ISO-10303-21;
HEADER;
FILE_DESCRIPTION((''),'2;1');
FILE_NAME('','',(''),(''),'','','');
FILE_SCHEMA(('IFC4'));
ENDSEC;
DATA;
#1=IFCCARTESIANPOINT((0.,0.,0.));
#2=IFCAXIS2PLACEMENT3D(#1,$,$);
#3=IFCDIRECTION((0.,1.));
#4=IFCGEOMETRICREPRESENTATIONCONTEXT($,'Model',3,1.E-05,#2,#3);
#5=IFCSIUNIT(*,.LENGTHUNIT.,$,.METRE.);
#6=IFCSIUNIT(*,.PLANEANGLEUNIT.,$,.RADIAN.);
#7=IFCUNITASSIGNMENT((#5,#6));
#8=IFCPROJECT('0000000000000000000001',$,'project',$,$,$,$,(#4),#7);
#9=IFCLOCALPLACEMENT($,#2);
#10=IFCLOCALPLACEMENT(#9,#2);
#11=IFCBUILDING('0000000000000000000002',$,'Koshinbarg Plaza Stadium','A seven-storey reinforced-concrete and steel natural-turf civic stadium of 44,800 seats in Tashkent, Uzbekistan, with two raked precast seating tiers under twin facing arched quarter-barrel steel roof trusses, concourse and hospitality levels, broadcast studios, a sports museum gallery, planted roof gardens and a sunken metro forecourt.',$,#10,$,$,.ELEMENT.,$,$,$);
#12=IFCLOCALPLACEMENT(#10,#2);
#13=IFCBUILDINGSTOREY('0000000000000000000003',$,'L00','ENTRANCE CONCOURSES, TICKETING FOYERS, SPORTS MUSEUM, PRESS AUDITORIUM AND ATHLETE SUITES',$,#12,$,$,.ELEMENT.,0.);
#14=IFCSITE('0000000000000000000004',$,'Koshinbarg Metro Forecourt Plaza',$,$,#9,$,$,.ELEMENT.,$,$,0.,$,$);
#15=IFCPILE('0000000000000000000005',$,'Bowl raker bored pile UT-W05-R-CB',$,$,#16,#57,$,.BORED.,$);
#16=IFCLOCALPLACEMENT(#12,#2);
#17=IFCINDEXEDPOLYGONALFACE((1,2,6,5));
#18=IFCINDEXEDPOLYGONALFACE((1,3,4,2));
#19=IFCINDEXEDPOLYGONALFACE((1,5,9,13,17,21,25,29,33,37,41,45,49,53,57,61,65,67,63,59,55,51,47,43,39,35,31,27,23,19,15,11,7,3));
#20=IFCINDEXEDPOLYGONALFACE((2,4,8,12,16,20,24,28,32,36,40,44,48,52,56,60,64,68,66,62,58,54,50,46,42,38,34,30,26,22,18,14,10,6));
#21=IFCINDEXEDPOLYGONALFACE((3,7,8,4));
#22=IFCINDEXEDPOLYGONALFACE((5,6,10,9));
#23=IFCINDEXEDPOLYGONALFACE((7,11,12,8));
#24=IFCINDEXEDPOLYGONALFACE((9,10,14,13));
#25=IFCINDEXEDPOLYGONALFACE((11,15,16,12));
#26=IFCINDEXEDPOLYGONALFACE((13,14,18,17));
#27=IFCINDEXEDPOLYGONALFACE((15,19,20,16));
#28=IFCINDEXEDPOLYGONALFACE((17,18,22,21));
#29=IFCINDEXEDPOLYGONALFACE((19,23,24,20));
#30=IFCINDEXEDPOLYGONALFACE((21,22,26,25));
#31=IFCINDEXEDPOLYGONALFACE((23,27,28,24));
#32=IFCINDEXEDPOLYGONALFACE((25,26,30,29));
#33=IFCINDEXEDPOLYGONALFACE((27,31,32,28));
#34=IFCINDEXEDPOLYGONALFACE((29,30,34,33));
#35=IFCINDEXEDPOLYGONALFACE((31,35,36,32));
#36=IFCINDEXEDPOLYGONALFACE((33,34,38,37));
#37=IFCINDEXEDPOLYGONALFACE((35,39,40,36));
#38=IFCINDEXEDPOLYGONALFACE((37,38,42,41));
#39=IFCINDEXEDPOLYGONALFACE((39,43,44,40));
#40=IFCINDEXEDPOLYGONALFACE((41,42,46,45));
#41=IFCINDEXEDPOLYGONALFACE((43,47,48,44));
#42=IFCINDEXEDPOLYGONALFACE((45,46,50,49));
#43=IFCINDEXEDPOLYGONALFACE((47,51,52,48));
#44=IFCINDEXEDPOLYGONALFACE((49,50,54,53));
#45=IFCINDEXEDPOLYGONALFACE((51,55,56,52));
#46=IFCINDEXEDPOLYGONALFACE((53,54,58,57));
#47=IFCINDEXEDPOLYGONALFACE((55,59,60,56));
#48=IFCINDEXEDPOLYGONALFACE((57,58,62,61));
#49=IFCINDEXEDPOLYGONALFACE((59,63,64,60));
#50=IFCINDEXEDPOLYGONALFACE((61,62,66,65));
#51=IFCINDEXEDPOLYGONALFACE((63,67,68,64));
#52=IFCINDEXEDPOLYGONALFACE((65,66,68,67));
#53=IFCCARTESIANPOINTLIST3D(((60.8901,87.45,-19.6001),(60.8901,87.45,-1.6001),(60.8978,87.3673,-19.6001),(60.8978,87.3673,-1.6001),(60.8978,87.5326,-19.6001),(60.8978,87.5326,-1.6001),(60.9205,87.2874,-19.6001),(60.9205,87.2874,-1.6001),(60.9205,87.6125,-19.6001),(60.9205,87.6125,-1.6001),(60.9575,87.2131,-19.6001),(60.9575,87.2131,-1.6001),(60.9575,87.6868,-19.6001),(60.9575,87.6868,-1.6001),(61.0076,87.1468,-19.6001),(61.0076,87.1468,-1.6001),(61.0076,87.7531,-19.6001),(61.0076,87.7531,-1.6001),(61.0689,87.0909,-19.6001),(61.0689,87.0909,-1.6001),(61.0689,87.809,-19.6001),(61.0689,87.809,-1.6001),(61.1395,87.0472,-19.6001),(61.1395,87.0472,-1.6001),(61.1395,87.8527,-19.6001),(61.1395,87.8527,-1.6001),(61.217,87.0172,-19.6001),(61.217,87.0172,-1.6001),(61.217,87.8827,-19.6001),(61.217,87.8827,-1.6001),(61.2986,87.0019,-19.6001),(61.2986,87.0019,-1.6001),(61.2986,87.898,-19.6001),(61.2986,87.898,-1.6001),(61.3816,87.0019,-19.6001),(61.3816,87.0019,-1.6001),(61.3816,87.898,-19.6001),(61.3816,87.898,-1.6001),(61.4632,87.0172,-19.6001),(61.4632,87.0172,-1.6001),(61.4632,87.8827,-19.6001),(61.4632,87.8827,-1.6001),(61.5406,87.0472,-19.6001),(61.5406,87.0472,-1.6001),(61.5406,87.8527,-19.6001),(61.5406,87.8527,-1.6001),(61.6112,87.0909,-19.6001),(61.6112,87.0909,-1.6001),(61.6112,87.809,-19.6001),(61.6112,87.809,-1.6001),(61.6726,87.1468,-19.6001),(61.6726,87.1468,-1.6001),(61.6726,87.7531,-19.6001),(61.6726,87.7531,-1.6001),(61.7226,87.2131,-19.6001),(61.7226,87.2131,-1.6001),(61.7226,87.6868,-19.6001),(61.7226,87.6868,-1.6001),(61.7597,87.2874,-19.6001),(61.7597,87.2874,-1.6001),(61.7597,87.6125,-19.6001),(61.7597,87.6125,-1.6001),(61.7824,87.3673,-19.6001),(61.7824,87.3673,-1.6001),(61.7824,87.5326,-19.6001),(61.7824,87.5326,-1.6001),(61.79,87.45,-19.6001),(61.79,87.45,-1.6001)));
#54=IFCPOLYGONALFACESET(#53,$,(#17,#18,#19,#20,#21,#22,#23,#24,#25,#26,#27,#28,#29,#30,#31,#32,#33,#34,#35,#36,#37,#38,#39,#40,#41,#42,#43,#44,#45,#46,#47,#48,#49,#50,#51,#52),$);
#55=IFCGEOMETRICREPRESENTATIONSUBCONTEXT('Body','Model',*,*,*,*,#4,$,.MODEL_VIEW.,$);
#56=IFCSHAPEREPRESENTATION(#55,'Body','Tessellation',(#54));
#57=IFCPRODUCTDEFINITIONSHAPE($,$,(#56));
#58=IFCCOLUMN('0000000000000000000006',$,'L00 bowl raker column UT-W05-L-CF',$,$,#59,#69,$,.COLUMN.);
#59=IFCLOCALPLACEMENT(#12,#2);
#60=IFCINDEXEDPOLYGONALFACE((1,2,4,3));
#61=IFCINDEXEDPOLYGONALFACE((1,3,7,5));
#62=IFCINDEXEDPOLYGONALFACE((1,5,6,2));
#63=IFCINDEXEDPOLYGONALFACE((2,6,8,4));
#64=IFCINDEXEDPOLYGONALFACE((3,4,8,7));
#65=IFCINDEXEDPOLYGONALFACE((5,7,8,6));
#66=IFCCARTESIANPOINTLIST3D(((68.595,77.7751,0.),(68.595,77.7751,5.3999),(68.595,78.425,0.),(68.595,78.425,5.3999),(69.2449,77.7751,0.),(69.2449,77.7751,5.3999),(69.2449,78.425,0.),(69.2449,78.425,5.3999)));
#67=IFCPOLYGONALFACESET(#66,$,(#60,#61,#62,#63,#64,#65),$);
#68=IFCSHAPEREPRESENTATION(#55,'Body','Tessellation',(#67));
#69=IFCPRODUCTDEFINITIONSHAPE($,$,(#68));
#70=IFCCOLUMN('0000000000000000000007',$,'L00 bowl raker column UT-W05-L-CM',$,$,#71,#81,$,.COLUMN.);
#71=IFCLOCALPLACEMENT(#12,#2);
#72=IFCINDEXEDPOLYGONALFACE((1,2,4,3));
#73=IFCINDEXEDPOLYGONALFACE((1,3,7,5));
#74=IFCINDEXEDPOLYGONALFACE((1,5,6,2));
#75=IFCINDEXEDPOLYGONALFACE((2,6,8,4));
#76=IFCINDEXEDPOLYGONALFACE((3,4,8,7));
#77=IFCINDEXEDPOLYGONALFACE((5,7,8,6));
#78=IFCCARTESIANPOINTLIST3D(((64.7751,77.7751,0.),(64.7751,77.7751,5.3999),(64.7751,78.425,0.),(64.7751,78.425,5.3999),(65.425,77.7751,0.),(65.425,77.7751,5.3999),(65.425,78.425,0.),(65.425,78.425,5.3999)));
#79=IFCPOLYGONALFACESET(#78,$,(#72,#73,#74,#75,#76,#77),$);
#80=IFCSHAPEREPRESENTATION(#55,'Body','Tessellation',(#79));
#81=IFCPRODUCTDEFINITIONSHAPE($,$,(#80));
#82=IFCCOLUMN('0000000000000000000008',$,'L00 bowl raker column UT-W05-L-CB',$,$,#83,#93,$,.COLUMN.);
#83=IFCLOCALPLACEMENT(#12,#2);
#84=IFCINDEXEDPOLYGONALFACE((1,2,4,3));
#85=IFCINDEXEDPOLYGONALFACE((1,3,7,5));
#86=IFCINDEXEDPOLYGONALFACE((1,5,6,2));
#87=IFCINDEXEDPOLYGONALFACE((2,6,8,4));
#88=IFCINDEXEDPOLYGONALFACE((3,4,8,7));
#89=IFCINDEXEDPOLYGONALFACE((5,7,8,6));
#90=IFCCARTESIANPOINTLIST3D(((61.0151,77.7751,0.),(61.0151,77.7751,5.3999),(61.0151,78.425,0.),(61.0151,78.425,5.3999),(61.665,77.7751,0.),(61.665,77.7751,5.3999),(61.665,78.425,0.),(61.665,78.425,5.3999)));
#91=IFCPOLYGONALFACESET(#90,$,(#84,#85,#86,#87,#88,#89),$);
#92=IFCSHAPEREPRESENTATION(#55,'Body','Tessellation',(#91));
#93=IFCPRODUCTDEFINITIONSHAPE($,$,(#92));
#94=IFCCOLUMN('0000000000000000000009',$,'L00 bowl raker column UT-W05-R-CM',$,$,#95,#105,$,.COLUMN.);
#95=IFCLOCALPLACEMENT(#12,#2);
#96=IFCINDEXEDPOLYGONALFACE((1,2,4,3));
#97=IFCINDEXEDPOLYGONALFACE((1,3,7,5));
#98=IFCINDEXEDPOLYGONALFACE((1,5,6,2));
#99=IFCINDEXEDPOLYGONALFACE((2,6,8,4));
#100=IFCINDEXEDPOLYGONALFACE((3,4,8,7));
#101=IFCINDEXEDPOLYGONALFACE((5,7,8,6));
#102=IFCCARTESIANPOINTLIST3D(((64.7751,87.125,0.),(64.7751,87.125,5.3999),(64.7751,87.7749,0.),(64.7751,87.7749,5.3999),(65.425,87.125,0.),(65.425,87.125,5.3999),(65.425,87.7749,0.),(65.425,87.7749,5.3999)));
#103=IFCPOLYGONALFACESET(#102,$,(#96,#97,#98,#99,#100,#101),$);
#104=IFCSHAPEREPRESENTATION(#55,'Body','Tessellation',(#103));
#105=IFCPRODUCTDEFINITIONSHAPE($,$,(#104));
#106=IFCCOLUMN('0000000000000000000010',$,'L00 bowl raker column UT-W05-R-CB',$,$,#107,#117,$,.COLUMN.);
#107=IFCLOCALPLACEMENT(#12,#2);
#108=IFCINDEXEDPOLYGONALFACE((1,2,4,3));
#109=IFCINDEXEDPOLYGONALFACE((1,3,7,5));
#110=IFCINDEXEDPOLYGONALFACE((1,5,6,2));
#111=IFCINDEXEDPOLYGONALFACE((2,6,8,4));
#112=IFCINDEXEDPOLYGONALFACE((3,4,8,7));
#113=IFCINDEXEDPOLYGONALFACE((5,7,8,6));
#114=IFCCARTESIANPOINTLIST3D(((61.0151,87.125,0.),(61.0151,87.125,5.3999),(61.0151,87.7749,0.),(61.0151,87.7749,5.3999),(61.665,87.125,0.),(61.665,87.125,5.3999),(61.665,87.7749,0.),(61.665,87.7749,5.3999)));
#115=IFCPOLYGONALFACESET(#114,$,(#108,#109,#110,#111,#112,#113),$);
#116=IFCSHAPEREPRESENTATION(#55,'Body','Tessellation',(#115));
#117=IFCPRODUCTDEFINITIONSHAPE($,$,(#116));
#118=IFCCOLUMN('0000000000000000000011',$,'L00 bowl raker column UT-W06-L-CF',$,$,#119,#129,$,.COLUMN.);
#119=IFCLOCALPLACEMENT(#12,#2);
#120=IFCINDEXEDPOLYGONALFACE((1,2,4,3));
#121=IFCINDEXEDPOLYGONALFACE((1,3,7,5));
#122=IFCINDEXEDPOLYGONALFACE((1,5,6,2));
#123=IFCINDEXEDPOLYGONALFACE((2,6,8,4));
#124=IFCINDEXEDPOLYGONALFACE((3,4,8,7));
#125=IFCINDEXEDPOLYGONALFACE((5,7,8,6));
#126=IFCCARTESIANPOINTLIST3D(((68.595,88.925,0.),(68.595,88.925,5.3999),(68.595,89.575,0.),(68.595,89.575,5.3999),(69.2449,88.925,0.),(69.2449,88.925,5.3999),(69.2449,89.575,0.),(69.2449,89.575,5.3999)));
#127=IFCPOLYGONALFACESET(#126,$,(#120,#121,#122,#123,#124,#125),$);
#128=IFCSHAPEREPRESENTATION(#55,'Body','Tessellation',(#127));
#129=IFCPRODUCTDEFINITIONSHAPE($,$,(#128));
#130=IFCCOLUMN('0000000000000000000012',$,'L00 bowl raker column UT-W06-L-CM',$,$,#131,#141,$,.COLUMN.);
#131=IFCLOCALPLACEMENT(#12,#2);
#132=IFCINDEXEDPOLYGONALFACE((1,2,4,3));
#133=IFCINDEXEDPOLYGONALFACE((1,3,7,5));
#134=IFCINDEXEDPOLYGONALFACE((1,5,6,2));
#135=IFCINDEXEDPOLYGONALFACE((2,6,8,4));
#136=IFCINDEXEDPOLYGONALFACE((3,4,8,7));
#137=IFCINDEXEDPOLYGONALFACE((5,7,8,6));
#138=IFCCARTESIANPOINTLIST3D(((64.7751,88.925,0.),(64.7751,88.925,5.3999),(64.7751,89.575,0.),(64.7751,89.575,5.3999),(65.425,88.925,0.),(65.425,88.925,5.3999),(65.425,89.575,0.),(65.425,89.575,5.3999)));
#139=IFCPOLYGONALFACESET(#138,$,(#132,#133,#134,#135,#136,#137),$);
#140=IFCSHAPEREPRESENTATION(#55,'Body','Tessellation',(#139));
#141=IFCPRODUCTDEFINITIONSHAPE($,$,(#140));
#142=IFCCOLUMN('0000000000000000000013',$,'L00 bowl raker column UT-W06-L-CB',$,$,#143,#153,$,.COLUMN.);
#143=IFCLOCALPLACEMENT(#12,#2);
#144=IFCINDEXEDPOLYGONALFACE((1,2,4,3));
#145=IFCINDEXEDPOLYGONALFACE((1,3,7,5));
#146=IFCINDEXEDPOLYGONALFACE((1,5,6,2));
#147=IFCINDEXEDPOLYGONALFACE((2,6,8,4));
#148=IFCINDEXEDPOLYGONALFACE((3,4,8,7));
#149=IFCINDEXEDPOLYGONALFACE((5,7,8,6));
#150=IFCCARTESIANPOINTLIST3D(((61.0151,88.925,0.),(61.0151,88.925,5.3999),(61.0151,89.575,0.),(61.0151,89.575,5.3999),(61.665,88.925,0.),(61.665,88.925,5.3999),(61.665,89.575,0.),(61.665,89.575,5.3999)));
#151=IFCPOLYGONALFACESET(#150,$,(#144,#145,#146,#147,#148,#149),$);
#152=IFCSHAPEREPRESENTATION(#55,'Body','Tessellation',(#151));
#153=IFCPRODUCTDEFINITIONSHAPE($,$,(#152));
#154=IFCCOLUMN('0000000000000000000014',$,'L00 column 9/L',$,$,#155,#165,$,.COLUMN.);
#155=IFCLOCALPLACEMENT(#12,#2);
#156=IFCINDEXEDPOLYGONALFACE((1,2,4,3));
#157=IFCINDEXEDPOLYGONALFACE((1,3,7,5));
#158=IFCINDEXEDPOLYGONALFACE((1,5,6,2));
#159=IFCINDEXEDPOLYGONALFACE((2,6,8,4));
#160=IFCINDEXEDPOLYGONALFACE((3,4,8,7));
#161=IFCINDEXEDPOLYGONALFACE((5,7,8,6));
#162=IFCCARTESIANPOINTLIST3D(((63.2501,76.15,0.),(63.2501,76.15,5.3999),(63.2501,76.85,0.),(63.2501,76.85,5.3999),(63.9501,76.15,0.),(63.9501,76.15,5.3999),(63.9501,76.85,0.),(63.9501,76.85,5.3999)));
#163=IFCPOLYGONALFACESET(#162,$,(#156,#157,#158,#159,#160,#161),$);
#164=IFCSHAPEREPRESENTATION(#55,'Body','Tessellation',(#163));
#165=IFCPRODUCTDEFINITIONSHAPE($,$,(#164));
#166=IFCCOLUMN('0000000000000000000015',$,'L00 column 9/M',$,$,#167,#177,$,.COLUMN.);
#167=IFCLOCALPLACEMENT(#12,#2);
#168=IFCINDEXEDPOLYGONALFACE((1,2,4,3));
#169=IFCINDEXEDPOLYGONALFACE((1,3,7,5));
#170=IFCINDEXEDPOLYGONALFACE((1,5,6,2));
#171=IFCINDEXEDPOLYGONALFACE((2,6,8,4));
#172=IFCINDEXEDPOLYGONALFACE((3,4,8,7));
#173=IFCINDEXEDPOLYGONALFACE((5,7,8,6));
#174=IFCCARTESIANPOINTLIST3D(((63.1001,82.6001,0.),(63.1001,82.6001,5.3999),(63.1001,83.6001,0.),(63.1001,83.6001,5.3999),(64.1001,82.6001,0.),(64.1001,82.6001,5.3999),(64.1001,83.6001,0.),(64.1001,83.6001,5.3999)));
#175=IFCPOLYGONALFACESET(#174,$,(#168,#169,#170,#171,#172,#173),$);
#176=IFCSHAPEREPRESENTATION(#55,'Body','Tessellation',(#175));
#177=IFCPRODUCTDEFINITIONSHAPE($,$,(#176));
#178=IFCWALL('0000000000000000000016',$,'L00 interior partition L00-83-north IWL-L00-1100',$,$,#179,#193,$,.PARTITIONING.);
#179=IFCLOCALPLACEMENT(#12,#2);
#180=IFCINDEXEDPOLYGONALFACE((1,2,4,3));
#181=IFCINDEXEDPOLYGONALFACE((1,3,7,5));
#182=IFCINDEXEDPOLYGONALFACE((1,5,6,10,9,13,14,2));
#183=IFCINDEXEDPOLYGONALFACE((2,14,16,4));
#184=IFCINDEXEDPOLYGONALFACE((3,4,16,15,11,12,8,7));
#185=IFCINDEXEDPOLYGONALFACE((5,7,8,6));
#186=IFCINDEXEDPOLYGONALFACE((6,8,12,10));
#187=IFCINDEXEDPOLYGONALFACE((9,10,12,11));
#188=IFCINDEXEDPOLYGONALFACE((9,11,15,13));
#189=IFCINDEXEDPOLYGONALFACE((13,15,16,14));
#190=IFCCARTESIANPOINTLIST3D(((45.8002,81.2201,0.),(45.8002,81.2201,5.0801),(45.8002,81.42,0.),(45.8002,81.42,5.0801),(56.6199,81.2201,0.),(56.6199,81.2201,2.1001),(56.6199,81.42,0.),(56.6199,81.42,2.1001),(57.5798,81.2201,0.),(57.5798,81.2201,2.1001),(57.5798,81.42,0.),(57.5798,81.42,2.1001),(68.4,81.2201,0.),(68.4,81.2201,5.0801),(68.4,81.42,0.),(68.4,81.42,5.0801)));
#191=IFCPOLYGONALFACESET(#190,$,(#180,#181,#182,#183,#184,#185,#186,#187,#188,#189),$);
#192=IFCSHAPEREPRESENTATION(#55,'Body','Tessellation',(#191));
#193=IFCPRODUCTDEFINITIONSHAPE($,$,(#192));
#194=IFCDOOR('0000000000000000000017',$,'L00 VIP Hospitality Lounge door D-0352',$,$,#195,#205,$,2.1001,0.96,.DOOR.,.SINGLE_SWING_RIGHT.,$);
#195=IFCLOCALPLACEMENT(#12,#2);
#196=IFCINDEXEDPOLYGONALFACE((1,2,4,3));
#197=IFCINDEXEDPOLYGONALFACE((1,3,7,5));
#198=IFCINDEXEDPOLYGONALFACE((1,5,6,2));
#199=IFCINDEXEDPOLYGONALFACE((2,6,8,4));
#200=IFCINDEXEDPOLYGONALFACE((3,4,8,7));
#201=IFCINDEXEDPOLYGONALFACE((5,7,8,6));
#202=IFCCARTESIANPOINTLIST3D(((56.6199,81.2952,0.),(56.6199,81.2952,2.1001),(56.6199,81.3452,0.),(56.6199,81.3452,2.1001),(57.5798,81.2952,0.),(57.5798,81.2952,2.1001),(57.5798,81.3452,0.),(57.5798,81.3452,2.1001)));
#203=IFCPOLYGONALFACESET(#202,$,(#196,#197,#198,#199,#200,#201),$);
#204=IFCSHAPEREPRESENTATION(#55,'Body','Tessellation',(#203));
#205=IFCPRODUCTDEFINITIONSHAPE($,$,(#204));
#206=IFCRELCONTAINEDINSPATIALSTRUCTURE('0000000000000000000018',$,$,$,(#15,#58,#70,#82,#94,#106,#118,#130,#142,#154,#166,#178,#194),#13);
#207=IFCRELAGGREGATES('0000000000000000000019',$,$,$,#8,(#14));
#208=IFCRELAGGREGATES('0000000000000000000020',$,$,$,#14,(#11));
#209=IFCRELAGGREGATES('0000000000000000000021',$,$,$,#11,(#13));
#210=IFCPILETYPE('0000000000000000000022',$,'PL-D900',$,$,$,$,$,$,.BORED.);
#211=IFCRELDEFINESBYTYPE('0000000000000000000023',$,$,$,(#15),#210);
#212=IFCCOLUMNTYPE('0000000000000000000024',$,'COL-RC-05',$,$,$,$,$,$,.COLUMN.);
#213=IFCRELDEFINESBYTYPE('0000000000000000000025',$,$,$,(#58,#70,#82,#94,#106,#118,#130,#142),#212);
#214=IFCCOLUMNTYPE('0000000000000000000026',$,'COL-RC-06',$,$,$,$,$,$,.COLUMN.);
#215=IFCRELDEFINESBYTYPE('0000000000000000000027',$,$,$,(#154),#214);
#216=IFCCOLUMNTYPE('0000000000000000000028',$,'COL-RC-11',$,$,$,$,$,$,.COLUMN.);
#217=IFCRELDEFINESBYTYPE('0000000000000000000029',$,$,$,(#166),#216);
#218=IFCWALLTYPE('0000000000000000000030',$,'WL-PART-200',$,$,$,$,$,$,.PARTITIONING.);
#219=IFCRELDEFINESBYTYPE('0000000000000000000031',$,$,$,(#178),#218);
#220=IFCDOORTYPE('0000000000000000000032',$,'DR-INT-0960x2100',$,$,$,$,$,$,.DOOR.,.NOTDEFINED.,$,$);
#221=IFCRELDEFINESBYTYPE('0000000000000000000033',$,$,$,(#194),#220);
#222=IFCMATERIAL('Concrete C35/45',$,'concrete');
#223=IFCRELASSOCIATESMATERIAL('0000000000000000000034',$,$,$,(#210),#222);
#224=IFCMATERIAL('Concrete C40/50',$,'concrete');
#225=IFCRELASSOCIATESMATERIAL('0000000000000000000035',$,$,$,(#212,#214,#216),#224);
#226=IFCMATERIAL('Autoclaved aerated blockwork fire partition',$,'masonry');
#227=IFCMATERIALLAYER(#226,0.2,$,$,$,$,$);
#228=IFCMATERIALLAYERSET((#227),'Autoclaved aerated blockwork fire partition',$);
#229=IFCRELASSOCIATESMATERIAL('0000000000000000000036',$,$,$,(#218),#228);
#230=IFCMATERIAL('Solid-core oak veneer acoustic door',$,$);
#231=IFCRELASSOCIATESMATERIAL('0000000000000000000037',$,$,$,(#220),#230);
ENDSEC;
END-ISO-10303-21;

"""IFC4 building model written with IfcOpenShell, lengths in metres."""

from ifc_helpers import new_model, si_unit, direction, frame, frame_2d, origin, origin_2d, place, context, subcontext, project, spatial, rectangle, circle, extrude, material, layer, layer_set, material_profile, profile_set, type_object, element, fill, save


model = new_model("IFC4")

# Units and contexts
model_context = context("Model", 3, precision=1e-05, world=origin(), true_north=direction((0.0, 1.0)))
body_context = subcontext(model_context, "Body", "Model", "MODEL_VIEW")
ifc_project = project(units=[si_unit("LENGTHUNIT", "METRE"), si_unit("PLANEANGLEUNIT", "RADIAN")], contexts=[model_context])

# Site, building, storey
site_placement = place(None, origin())
site = spatial("IfcSite", under=ifc_project, at=site_placement, Name="Koshinbarg Metro Forecourt Plaza", CompositionType="ELEMENT", RefElevation=0.0)
building_placement = place(site_placement, origin())
building = spatial("IfcBuilding", under=site, at=building_placement, Name="Koshinbarg Plaza Stadium", Description="A seven-storey reinforced-concrete and steel natural-turf civic stadium of 44,800 seats in Tashkent, Uzbekistan, with two raked precast seating tiers under twin facing arched quarter-barrel steel roof trusses, concourse and hospitality levels, broadcast studios, a sports museum gallery, planted roof gardens and a sunken metro forecourt.", CompositionType="ELEMENT")
storey_placement = place(building_placement, origin())
storey = spatial("IfcBuildingStorey", under=building, at=storey_placement, Name="L00", Description="ENTRANCE CONCOURSES, TICKETING FOYERS, SPORTS MUSEUM, PRESS AUDITORIUM AND ATHLETE SUITES", CompositionType="ELEMENT", Elevation=0.0)

# Shared definitions
ifc_material_1 = material(Name="Concrete C35/45", Category="concrete")

# Pile
ifc_material_profile_1 = material_profile(ifc_material_1, circle(Radius=0.45, at=origin_2d()), Name="PILE D900")
ifc_profile_set_1 = profile_set([ifc_material_profile_1], Name="Concrete C35/45")
pile_type_1 = type_object("IfcPileType", Name="PL-D900", PredefinedType="BORED", material=ifc_profile_set_1)
for number, where, z_axis, x_axis, name in (
    (1, (61.3401, 87.45, -1.6001), (0.0, 0.0, -1.0), (1.0, 0.0, 0.0), "Bowl raker bored pile UT-W05-R-CB"),
):
    element("IfcPile", number, at=place(storey_placement, frame(where, z_axis=z_axis, x_axis=x_axis)), inside=storey, type_object=pile_type_1, Name=name, PredefinedType="BORED", context=body_context, shape_type="SweptSolid", body=[
        extrude(circle(Radius=0.45, at=origin_2d()), origin(), (0.0, 0.0, 1.0), 18.0),
    ])

# Columns
ifc_material_2 = material(Name="Concrete C40/50", Category="concrete")
ifc_material_profile_2 = material_profile(ifc_material_2, rectangle(XDim=0.6499, YDim=0.6499, at=origin_2d()), Name="RC 650x650")
ifc_profile_set_2 = profile_set([ifc_material_profile_2], Name="Concrete C40/50")
column_type_1 = type_object("IfcColumnType", Name="COL-RC-05", PredefinedType="COLUMN", material=ifc_profile_set_2)
for number, where, z_axis, x_axis, name in (
    (2, (68.9199, 78.1001, 0.0), (0.0, 0.0, 1.0), (1.0, 0.0, 0.0), "L00 bowl raker column UT-W05-L-CF"),
    (3, (65.1001, 78.1001, 0.0), (0.0, 0.0, 1.0), (1.0, 0.0, 0.0), "L00 bowl raker column UT-W05-L-CM"),
    (4, (61.3401, 78.1001, 0.0), (0.0, 0.0, 1.0), (1.0, 0.0, 0.0), "L00 bowl raker column UT-W05-L-CB"),
    (5, (65.1001, 87.45, 0.0), (0.0, 0.0, 1.0), (1.0, 0.0, 0.0), "L00 bowl raker column UT-W05-R-CM"),
    (6, (61.3401, 87.45, 0.0), (0.0, 0.0, 1.0), (1.0, 0.0, 0.0), "L00 bowl raker column UT-W05-R-CB"),
    (7, (68.9199, 89.25, 0.0), (0.0, 0.0, 1.0), (1.0, 0.0, 0.0), "L00 bowl raker column UT-W06-L-CF"),
    (8, (65.1001, 89.25, 0.0), (0.0, 0.0, 1.0), (1.0, 0.0, 0.0), "L00 bowl raker column UT-W06-L-CM"),
    (9, (61.3401, 89.25, 0.0), (0.0, 0.0, 1.0), (1.0, 0.0, 0.0), "L00 bowl raker column UT-W06-L-CB"),
):
    element("IfcColumn", number, at=place(storey_placement, frame(where, z_axis=z_axis, x_axis=x_axis)), inside=storey, type_object=column_type_1, Name=name, PredefinedType="COLUMN", context=body_context, shape_type="SweptSolid", body=[
        extrude(rectangle(XDim=0.6499, YDim=0.6499, at=origin_2d()), origin(), (0.0, 0.0, 1.0), 5.3999),
    ])
ifc_material_profile_3 = material_profile(ifc_material_2, rectangle(XDim=0.7, YDim=0.7, at=origin_2d()), Name="RC 700x700")
ifc_profile_set_3 = profile_set([ifc_material_profile_3], Name="Concrete C40/50")
column_type_2 = type_object("IfcColumnType", Name="COL-RC-06", PredefinedType="COLUMN", material=ifc_profile_set_3)
column_1_placement = place(storey_placement, frame((63.6001, 76.5, 0.0), z_axis=(0.0, 0.0, 1.0), x_axis=(1.0, 0.0, 0.0)))
element("IfcColumn", 10, at=column_1_placement, inside=storey, type_object=column_type_2, Name="L00 column 9/L", PredefinedType="COLUMN", context=body_context, shape_type="SweptSolid", body=[
    extrude(rectangle(XDim=0.7, YDim=0.7, at=origin_2d()), origin(), (0.0, 0.0, 1.0), 5.3999),
])
ifc_material_profile_4 = material_profile(ifc_material_2, rectangle(XDim=1.0, YDim=1.0, at=origin_2d()), Name="RC 1000x1000")
ifc_profile_set_4 = profile_set([ifc_material_profile_4], Name="Concrete C40/50")
column_type_3 = type_object("IfcColumnType", Name="COL-RC-11", PredefinedType="COLUMN", material=ifc_profile_set_4)
column_2_placement = place(storey_placement, frame((63.6001, 83.1001, 0.0), z_axis=(0.0, 0.0, 1.0), x_axis=(1.0, 0.0, 0.0)))
element("IfcColumn", 11, at=column_2_placement, inside=storey, type_object=column_type_3, Name="L00 column 9/M", PredefinedType="COLUMN", context=body_context, shape_type="SweptSolid", body=[
    extrude(rectangle(XDim=1.0, YDim=1.0, at=origin_2d()), origin(), (0.0, 0.0, 1.0), 5.3999),
])

# Wall, opening, door
ifc_material_3 = material(Name="Autoclaved aerated blockwork fire partition", Category="masonry")
ifc_layer = layer(ifc_material_3, 0.2)
ifc_layer_set = layer_set([ifc_layer], Name="Autoclaved aerated blockwork fire partition")
wall_type = type_object("IfcWallType", Name="WL-PART-200", PredefinedType="PARTITIONING", material=ifc_layer_set)
wall_1_placement = place(storey_placement, frame((68.3999, 81.3201, 0.0), z_axis=(0.0, 0.0, 1.0), x_axis=(-1.0, 0.0, 0.0)))
wall_1 = element("IfcWall", 12, at=wall_1_placement, inside=storey, type_object=wall_type, Name="L00 interior partition L00-83-north IWL-L00-1100", PredefinedType="PARTITIONING", context=body_context, shape_type="SweptSolid", body=[
    extrude(rectangle(XDim=22.5999, YDim=0.2, at=frame_2d((11.2998, 0.0))), origin(), (0.0, 0.0, 1.0), 5.0801),
])
opening_placement = place(wall_1_placement, frame((10.8201, 0.0, 0.0)))
opening = element("IfcOpeningElement", 13, at=opening_placement, cuts=wall_1, PredefinedType="OPENING", context=body_context, shape_type="SweptSolid", body=[
    extrude(rectangle(XDim=0.96, YDim=2.1001, at=frame_2d((0.48, 1.05))), frame((0.0, 0.1099, 0.0), z_axis=(0.0, -1.0, 0.0), x_axis=(1.0, 0.0, 0.0)), (0.0, 0.0, 1.0), 0.22),
])
ifc_material_4 = material(Name="Solid-core oak veneer acoustic door")
door_type = type_object("IfcDoorType", Name="DR-INT-0960x2100", OperationType="NOTDEFINED", PredefinedType="DOOR", material=ifc_material_4)
door_placement = place(opening_placement, origin())
door = element("IfcDoor", 14, at=door_placement, inside=storey, type_object=door_type, Name="L00 VIP Hospitality Lounge door D-0352", OperationType="SINGLE_SWING_RIGHT", OverallHeight=2.1001, OverallWidth=0.96, PredefinedType="DOOR", context=body_context, shape_type="SweptSolid", body=[
    extrude(rectangle(XDim=0.96, YDim=2.1001, at=frame_2d((0.48, 1.05))), frame((0.0, 0.0249, 0.0), z_axis=(0.0, -1.0, 0.0), x_axis=(1.0, 0.0, 0.0)), (0.0, 0.0, 1.0), 0.05),
])
fill(opening, door)

save(model, "model.ifc")
